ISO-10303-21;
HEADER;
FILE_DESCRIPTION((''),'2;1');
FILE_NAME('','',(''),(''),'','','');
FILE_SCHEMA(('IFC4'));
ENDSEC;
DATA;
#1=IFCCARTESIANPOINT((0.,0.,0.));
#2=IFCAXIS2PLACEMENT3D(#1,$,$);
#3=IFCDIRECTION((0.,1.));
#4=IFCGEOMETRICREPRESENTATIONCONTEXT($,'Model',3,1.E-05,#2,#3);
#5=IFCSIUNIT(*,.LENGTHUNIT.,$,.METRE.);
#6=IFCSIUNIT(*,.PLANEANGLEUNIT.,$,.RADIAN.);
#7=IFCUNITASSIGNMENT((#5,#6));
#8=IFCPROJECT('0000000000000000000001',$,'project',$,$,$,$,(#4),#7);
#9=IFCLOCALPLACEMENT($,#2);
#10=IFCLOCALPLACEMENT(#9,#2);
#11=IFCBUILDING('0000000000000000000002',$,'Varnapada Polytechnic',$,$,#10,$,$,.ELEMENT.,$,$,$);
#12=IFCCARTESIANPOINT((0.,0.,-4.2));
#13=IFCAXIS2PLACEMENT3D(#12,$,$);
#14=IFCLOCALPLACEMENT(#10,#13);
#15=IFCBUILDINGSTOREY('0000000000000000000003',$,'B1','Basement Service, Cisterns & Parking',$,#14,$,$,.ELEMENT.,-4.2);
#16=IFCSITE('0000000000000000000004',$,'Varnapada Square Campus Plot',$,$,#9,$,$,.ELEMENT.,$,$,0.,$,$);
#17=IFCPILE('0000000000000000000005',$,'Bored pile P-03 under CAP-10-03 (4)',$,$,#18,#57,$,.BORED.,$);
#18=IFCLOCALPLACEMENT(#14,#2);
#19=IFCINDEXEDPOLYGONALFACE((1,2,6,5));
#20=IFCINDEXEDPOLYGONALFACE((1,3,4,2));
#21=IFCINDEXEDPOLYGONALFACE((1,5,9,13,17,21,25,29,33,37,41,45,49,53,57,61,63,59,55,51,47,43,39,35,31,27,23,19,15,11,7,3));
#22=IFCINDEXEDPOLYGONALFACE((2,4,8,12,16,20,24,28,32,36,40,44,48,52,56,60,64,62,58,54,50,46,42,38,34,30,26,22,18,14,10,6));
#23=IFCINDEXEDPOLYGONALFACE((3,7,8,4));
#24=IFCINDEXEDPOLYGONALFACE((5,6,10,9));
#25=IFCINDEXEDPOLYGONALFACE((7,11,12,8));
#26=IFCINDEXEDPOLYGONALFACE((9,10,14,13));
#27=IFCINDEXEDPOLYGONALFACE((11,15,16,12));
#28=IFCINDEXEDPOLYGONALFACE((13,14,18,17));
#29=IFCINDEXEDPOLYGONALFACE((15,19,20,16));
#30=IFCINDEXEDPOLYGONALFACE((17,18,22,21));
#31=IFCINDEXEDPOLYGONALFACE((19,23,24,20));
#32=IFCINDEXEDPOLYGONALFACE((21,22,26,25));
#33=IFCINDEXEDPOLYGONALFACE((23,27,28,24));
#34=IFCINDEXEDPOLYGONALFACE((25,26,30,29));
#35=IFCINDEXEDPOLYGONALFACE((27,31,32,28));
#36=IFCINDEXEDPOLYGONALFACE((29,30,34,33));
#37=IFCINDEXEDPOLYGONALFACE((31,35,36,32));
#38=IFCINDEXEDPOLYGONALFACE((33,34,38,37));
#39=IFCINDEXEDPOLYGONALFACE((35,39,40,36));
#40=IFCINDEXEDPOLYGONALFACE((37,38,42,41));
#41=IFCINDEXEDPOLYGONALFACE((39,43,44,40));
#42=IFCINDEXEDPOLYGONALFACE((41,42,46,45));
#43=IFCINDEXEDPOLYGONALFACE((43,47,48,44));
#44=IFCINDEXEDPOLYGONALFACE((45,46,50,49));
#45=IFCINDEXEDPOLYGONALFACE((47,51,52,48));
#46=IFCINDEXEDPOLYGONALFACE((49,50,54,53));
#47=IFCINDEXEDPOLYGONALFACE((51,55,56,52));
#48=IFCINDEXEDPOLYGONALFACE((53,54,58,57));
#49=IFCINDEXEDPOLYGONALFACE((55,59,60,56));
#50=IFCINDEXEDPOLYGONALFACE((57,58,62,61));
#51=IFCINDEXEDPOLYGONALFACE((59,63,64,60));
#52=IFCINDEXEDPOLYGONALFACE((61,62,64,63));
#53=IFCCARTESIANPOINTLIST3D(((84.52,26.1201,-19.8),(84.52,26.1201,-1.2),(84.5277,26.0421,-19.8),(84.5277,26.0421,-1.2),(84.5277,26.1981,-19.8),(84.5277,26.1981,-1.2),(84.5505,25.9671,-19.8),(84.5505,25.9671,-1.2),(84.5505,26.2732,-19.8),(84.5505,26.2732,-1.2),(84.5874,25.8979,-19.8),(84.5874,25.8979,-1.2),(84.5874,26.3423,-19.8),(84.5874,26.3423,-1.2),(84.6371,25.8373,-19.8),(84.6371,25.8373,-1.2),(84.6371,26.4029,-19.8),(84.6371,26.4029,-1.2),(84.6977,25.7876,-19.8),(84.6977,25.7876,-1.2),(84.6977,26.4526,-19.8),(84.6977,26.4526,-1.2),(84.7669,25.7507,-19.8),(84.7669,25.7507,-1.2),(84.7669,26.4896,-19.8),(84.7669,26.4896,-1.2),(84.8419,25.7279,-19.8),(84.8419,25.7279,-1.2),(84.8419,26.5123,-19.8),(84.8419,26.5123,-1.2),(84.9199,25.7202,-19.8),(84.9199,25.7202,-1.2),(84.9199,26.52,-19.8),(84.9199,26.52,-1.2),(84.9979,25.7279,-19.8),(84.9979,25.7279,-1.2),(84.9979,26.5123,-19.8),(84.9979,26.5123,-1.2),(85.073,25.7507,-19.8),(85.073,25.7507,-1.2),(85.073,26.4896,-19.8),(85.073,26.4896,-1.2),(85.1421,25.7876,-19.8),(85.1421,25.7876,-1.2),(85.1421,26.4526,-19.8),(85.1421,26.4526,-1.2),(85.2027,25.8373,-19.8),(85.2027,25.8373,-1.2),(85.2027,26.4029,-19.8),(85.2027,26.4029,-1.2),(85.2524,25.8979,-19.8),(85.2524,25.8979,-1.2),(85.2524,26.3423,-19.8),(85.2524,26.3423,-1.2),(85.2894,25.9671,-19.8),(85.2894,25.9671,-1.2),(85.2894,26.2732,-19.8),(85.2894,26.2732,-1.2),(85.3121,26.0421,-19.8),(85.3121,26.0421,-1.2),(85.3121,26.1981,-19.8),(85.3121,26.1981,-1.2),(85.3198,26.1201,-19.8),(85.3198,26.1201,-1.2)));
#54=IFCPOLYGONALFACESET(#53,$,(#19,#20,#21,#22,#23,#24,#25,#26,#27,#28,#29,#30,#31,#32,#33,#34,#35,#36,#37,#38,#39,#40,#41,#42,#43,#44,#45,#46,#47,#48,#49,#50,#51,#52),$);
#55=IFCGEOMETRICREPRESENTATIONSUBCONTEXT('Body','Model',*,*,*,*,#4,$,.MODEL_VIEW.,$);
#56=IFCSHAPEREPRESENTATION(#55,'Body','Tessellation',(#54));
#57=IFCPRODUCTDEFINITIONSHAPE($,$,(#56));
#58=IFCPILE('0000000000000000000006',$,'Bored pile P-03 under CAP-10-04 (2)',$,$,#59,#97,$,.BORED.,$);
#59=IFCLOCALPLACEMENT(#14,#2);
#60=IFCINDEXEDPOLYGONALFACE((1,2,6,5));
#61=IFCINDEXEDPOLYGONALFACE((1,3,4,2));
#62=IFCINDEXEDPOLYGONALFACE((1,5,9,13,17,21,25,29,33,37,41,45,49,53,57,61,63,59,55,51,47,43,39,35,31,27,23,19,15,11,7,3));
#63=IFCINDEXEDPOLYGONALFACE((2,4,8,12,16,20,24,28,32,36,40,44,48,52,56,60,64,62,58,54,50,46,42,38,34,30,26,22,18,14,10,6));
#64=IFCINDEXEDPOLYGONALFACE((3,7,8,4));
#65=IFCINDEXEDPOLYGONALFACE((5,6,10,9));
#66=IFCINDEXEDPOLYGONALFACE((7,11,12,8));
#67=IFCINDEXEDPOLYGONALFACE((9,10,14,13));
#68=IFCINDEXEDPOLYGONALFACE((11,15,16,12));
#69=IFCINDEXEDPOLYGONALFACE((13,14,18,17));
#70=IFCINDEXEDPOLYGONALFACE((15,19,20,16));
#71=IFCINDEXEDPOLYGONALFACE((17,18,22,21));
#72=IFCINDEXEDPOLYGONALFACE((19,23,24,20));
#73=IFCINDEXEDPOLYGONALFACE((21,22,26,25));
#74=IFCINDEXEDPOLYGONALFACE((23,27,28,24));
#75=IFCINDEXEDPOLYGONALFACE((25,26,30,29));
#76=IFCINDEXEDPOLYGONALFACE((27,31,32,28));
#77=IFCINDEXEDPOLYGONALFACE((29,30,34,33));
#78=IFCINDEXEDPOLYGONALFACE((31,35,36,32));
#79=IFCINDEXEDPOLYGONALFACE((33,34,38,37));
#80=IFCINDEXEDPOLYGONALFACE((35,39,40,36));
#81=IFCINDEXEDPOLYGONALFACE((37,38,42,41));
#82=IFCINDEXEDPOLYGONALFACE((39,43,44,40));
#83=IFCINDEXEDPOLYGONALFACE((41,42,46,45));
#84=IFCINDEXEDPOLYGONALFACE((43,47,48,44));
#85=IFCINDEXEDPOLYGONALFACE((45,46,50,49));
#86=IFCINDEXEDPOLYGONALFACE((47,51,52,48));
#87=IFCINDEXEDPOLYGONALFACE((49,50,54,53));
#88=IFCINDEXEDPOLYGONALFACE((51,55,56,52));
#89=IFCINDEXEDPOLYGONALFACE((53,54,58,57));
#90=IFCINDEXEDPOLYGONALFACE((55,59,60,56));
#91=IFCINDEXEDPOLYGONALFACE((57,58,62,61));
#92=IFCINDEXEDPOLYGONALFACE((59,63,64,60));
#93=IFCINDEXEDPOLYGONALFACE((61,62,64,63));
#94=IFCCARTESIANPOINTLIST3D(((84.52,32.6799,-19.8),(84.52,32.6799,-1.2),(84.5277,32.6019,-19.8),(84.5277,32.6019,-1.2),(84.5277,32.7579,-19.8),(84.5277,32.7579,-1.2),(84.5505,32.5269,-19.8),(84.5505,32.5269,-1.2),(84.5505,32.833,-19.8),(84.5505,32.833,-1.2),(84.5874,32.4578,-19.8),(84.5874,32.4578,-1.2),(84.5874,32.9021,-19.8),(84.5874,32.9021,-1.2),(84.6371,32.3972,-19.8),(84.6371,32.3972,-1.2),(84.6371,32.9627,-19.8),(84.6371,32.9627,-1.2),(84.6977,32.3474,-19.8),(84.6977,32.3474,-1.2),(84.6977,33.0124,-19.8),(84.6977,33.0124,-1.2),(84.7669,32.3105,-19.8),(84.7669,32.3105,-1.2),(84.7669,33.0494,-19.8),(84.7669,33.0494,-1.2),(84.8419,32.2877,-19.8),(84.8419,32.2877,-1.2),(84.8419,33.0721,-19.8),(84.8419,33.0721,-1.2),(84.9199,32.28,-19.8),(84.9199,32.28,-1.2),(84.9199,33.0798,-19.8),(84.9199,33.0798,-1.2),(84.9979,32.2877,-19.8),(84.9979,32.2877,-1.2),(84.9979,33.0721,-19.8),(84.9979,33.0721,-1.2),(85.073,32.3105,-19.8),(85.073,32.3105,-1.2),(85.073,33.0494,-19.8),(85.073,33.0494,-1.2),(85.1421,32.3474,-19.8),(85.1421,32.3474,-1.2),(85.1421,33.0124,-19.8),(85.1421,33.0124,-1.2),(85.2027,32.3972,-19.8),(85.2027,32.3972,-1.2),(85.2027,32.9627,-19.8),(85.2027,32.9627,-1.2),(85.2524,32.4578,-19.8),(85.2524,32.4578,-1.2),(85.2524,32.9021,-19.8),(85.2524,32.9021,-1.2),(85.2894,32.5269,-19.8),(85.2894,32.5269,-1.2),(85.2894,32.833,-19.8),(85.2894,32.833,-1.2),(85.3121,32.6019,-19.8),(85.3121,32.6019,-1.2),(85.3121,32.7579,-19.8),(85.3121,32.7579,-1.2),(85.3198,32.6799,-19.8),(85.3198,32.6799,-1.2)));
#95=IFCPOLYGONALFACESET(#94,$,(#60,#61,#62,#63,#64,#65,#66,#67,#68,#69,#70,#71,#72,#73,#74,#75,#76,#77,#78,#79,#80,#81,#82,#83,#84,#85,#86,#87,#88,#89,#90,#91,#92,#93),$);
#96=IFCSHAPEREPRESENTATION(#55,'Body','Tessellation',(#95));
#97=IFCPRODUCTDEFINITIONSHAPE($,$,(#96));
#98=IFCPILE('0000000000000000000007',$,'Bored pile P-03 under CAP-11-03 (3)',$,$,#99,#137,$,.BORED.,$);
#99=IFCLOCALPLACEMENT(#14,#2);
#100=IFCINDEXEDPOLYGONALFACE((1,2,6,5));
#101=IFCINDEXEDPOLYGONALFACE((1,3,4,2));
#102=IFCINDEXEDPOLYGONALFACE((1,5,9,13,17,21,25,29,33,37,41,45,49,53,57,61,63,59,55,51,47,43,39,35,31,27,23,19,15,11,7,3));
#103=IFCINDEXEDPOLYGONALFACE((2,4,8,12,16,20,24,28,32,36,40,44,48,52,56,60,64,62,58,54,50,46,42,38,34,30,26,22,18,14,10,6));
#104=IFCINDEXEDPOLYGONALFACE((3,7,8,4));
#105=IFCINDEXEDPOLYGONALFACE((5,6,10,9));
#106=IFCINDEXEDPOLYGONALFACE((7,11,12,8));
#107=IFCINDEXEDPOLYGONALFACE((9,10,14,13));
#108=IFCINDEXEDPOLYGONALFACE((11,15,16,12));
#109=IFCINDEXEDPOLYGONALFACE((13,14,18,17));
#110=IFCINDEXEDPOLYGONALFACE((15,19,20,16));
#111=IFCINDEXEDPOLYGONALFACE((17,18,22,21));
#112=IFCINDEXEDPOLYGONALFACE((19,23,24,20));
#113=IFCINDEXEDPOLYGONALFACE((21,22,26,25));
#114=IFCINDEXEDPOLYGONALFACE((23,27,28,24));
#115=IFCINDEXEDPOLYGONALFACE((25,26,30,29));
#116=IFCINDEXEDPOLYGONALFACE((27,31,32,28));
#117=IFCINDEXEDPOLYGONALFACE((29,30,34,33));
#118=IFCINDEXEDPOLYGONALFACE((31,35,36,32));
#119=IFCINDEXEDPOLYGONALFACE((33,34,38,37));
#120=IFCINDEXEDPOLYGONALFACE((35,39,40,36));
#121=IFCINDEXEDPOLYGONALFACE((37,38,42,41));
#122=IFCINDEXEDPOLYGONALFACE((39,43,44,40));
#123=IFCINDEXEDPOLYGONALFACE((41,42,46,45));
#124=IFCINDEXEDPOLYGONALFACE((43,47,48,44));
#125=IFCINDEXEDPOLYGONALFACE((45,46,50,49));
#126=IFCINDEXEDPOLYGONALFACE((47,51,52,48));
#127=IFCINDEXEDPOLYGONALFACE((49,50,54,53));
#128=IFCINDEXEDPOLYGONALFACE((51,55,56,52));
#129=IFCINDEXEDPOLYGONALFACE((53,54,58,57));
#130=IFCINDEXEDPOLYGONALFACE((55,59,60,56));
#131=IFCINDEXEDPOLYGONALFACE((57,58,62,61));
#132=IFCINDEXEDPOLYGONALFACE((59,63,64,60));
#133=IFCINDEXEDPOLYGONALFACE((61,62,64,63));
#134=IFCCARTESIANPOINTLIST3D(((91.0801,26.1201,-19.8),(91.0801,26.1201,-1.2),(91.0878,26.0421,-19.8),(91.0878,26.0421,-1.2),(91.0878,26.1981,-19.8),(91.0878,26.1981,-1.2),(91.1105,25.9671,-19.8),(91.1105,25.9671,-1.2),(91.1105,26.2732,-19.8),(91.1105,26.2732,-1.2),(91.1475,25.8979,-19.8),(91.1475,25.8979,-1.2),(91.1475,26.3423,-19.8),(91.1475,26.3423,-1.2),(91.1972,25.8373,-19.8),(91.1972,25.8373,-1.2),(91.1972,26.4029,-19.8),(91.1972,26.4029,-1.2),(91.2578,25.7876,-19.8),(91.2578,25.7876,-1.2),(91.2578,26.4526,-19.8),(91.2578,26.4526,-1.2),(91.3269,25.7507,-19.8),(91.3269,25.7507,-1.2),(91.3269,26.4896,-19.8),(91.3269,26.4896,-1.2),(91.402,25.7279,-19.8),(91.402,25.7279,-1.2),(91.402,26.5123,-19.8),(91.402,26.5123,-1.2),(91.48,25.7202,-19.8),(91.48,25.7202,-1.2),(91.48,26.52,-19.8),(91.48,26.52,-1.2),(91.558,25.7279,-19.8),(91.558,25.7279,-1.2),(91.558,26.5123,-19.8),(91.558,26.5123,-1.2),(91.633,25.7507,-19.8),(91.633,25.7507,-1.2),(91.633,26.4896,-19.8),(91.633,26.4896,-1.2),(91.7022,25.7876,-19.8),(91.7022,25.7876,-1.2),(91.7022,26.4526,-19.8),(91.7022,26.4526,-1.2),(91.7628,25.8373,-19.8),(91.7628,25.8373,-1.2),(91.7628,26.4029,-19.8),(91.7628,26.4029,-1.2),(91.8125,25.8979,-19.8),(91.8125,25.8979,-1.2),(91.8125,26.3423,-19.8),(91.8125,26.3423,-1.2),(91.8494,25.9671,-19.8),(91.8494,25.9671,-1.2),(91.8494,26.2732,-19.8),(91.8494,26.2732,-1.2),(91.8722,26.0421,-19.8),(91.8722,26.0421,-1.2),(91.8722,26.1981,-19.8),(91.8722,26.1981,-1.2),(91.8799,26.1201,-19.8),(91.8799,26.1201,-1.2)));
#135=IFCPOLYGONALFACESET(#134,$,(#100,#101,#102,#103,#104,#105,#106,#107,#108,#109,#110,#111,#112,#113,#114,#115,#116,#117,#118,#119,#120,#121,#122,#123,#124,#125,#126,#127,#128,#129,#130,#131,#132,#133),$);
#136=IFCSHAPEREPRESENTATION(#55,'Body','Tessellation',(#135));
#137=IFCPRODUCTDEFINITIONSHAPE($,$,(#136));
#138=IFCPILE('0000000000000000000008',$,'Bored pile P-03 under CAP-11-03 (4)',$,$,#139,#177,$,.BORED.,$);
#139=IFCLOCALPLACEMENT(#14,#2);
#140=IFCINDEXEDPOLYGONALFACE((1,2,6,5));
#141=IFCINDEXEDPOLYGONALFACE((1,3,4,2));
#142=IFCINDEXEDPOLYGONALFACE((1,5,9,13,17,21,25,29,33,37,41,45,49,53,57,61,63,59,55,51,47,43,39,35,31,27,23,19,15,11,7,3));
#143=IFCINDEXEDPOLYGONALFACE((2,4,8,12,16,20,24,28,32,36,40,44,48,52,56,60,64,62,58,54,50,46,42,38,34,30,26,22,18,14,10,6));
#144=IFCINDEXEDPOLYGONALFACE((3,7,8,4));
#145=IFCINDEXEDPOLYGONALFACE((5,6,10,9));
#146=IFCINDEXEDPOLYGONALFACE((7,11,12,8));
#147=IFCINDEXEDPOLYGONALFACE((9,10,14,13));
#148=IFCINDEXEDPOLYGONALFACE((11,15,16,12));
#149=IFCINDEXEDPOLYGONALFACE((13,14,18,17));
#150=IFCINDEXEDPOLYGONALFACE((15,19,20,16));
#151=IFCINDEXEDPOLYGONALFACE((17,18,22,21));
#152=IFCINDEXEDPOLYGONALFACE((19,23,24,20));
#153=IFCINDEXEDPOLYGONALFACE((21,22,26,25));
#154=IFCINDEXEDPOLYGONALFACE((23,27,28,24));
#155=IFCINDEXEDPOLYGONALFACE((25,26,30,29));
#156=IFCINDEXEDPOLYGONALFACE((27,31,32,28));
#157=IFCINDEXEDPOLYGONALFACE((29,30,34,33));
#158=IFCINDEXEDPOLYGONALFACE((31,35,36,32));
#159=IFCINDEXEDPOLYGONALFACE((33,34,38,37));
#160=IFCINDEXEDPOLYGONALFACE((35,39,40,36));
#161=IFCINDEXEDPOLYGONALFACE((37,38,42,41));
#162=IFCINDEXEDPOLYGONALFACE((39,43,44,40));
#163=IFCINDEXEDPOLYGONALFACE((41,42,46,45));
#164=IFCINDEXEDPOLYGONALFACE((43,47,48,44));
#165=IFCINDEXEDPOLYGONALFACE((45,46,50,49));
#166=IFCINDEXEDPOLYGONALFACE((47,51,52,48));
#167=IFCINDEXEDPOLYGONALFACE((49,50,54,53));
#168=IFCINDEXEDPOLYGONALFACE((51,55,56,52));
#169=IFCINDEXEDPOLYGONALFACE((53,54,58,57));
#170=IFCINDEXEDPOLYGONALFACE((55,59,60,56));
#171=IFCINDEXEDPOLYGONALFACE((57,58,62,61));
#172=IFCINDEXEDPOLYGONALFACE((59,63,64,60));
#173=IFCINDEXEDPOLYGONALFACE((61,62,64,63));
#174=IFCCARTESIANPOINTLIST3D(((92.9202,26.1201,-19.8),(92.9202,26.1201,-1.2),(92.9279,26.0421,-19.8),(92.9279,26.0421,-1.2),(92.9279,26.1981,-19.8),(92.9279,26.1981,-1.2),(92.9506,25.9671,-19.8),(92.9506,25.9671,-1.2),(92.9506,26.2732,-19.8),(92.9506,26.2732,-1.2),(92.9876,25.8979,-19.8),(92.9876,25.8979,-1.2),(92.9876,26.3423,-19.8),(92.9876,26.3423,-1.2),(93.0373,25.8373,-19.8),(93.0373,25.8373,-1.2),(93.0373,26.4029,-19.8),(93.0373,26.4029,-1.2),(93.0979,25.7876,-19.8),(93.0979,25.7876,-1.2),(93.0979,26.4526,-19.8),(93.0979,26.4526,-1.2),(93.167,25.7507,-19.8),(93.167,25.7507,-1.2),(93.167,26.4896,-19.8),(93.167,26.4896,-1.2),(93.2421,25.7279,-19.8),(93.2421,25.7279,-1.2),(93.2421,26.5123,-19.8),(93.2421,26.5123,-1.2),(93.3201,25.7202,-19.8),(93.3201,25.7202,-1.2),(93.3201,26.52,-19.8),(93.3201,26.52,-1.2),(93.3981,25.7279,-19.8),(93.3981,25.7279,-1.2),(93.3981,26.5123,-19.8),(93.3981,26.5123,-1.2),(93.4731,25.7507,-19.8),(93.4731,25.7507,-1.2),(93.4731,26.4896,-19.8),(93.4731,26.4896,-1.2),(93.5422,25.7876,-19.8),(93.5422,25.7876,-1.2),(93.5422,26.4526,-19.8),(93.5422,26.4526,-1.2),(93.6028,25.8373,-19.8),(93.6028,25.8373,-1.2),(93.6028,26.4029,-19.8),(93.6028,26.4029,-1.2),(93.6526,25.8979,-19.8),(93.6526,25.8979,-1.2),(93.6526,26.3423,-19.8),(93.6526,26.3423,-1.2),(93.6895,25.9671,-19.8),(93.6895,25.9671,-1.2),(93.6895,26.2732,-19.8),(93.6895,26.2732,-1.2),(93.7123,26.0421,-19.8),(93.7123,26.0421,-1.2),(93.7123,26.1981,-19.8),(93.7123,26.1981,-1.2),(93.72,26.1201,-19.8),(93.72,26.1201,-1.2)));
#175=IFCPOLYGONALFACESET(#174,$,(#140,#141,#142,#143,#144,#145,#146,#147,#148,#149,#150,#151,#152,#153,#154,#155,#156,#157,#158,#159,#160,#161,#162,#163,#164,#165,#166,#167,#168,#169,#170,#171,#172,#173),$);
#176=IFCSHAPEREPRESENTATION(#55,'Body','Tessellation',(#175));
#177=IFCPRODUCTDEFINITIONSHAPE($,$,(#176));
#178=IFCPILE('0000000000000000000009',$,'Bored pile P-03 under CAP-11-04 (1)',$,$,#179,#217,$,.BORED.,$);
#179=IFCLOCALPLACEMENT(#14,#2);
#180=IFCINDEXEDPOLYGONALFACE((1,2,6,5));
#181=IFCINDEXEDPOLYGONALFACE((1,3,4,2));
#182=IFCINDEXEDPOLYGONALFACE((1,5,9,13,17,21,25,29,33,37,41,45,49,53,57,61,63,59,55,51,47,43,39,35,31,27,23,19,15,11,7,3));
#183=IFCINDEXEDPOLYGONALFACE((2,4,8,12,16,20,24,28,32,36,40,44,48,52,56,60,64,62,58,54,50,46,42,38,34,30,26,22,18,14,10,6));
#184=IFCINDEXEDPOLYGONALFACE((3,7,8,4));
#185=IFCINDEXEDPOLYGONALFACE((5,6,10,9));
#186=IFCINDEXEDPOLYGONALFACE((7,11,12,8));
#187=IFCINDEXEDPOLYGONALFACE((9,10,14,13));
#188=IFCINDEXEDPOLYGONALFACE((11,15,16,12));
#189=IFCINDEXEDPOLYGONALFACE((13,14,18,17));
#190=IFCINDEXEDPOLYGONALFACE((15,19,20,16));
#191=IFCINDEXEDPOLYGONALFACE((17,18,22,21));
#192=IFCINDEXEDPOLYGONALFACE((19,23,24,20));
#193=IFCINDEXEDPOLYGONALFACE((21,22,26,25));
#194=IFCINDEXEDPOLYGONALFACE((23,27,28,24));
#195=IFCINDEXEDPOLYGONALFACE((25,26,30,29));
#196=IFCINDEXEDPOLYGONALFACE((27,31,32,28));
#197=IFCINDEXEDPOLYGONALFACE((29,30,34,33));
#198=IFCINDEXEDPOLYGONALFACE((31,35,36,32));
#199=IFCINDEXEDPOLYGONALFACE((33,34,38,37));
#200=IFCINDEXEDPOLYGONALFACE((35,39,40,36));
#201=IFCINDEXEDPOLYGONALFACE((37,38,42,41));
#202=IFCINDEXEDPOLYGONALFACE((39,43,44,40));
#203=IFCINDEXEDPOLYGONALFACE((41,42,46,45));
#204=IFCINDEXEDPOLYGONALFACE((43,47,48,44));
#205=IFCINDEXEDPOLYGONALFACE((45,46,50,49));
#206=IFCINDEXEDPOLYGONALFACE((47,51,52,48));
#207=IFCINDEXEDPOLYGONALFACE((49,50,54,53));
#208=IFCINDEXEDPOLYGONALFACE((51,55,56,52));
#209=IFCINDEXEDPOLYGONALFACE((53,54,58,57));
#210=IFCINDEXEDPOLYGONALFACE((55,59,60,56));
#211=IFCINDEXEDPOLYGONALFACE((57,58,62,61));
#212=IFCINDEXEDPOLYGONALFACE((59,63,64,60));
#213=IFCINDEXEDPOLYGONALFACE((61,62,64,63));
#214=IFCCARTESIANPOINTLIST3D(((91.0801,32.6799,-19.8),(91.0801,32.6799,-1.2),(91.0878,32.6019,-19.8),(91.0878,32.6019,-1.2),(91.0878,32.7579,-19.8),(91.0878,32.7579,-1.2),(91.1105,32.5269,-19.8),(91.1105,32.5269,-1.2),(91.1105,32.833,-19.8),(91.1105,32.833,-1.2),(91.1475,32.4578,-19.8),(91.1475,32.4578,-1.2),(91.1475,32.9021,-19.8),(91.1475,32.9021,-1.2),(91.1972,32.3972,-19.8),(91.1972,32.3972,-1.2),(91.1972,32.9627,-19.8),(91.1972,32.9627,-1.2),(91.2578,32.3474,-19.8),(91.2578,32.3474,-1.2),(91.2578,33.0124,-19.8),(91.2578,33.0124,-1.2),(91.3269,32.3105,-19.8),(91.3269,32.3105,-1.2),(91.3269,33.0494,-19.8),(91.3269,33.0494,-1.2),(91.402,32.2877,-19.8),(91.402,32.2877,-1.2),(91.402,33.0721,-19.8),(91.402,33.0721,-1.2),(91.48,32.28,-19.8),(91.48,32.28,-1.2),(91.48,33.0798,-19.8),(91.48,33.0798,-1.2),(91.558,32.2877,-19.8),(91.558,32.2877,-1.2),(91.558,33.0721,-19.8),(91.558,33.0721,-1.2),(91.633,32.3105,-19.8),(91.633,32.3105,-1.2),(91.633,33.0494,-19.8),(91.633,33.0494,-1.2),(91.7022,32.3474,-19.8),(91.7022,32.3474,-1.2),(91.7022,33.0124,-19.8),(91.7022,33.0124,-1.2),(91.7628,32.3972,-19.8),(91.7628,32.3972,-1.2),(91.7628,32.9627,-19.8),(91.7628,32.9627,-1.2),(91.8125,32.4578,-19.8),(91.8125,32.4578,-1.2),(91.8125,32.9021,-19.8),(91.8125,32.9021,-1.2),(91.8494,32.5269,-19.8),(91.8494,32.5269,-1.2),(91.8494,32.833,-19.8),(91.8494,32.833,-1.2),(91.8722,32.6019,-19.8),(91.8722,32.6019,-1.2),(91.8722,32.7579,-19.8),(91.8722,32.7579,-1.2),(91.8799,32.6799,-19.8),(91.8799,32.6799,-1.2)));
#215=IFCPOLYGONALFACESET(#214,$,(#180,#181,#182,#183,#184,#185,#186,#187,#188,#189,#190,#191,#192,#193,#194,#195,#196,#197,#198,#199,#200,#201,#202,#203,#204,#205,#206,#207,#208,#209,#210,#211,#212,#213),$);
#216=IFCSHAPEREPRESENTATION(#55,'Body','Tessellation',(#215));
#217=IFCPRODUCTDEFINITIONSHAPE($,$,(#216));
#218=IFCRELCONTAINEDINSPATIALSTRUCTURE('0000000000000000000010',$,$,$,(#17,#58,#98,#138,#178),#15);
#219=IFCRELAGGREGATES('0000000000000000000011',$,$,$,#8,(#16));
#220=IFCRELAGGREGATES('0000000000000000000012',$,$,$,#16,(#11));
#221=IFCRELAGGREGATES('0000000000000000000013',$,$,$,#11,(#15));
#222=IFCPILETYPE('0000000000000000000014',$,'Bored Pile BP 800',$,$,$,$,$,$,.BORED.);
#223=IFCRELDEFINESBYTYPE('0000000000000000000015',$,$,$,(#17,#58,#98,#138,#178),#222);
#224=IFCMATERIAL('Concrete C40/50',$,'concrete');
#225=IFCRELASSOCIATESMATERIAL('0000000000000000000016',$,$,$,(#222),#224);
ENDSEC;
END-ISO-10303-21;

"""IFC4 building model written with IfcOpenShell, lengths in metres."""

from ifc_helpers import new_model, si_unit, direction, frame, origin, origin_2d, place, context, subcontext, project, spatial, circle, extrude, material, material_profile, profile_set, type_object, element, save


model = new_model("IFC4")

# Units and contexts
model_context = context("Model", 3, precision=1e-05, world=origin(), true_north=direction((0.0, 1.0)))
body_context = subcontext(model_context, "Body", "Model", "MODEL_VIEW")
ifc_project = project(units=[si_unit("LENGTHUNIT", "METRE"), si_unit("PLANEANGLEUNIT", "RADIAN")], contexts=[model_context])

# Site, building, storey
site_placement = place(None, origin())
site = spatial("IfcSite", under=ifc_project, at=site_placement, Name="Varnapada Square Campus Plot", CompositionType="ELEMENT", RefElevation=0.0)
building_placement = place(site_placement, origin())
building = spatial("IfcBuilding", under=site, at=building_placement, Name="Varnapada Polytechnic", CompositionType="ELEMENT")
storey_placement = place(building_placement, frame((0.0, 0.0, -4.2)))
storey = spatial("IfcBuildingStorey", under=building, at=storey_placement, Name="B1", Description="Basement Service, Cisterns & Parking", CompositionType="ELEMENT", Elevation=-4.2)

# Piles
ifc_material_1 = material(Name="Concrete C40/50", Category="concrete")
ifc_material_profile_1 = material_profile(ifc_material_1, circle(Radius=0.3999, at=origin_2d()), Name="BP 800")
ifc_profile_set_1 = profile_set([ifc_material_profile_1], Name="Concrete C40/50")
pile_type = type_object("IfcPileType", Name="Bored Pile BP 800", PredefinedType="BORED", material=ifc_profile_set_1)
for number, where, z_axis, x_axis, name in (
    (1, (84.9199, 26.1201, -1.2), (0.0, 0.0, -1.0), (1.0, 0.0, 0.0), "Bored pile P-03 under CAP-10-03 (4)"),
    (2, (84.9199, 32.6799, -1.2), (0.0, 0.0, -1.0), (1.0, 0.0, 0.0), "Bored pile P-03 under CAP-10-04 (2)"),
    (3, (91.48, 26.1201, -1.2), (0.0, 0.0, -1.0), (1.0, 0.0, 0.0), "Bored pile P-03 under CAP-11-03 (3)"),
    (4, (93.3201, 26.1201, -1.2), (0.0, 0.0, -1.0), (1.0, 0.0, 0.0), "Bored pile P-03 under CAP-11-03 (4)"),
    (5, (91.48, 32.6799, -1.2), (0.0, 0.0, -1.0), (1.0, 0.0, 0.0), "Bored pile P-03 under CAP-11-04 (1)"),
):
    element("IfcPile", number, at=place(storey_placement, frame(where, z_axis=z_axis, x_axis=x_axis)), inside=storey, type_object=pile_type, Name=name, PredefinedType="BORED", context=body_context, shape_type="SweptSolid", body=[
        extrude(circle(Radius=0.3999, at=origin_2d()), origin(), (0.0, 0.0, 1.0), 18.6001),
    ])

save(model, "model.ifc")
